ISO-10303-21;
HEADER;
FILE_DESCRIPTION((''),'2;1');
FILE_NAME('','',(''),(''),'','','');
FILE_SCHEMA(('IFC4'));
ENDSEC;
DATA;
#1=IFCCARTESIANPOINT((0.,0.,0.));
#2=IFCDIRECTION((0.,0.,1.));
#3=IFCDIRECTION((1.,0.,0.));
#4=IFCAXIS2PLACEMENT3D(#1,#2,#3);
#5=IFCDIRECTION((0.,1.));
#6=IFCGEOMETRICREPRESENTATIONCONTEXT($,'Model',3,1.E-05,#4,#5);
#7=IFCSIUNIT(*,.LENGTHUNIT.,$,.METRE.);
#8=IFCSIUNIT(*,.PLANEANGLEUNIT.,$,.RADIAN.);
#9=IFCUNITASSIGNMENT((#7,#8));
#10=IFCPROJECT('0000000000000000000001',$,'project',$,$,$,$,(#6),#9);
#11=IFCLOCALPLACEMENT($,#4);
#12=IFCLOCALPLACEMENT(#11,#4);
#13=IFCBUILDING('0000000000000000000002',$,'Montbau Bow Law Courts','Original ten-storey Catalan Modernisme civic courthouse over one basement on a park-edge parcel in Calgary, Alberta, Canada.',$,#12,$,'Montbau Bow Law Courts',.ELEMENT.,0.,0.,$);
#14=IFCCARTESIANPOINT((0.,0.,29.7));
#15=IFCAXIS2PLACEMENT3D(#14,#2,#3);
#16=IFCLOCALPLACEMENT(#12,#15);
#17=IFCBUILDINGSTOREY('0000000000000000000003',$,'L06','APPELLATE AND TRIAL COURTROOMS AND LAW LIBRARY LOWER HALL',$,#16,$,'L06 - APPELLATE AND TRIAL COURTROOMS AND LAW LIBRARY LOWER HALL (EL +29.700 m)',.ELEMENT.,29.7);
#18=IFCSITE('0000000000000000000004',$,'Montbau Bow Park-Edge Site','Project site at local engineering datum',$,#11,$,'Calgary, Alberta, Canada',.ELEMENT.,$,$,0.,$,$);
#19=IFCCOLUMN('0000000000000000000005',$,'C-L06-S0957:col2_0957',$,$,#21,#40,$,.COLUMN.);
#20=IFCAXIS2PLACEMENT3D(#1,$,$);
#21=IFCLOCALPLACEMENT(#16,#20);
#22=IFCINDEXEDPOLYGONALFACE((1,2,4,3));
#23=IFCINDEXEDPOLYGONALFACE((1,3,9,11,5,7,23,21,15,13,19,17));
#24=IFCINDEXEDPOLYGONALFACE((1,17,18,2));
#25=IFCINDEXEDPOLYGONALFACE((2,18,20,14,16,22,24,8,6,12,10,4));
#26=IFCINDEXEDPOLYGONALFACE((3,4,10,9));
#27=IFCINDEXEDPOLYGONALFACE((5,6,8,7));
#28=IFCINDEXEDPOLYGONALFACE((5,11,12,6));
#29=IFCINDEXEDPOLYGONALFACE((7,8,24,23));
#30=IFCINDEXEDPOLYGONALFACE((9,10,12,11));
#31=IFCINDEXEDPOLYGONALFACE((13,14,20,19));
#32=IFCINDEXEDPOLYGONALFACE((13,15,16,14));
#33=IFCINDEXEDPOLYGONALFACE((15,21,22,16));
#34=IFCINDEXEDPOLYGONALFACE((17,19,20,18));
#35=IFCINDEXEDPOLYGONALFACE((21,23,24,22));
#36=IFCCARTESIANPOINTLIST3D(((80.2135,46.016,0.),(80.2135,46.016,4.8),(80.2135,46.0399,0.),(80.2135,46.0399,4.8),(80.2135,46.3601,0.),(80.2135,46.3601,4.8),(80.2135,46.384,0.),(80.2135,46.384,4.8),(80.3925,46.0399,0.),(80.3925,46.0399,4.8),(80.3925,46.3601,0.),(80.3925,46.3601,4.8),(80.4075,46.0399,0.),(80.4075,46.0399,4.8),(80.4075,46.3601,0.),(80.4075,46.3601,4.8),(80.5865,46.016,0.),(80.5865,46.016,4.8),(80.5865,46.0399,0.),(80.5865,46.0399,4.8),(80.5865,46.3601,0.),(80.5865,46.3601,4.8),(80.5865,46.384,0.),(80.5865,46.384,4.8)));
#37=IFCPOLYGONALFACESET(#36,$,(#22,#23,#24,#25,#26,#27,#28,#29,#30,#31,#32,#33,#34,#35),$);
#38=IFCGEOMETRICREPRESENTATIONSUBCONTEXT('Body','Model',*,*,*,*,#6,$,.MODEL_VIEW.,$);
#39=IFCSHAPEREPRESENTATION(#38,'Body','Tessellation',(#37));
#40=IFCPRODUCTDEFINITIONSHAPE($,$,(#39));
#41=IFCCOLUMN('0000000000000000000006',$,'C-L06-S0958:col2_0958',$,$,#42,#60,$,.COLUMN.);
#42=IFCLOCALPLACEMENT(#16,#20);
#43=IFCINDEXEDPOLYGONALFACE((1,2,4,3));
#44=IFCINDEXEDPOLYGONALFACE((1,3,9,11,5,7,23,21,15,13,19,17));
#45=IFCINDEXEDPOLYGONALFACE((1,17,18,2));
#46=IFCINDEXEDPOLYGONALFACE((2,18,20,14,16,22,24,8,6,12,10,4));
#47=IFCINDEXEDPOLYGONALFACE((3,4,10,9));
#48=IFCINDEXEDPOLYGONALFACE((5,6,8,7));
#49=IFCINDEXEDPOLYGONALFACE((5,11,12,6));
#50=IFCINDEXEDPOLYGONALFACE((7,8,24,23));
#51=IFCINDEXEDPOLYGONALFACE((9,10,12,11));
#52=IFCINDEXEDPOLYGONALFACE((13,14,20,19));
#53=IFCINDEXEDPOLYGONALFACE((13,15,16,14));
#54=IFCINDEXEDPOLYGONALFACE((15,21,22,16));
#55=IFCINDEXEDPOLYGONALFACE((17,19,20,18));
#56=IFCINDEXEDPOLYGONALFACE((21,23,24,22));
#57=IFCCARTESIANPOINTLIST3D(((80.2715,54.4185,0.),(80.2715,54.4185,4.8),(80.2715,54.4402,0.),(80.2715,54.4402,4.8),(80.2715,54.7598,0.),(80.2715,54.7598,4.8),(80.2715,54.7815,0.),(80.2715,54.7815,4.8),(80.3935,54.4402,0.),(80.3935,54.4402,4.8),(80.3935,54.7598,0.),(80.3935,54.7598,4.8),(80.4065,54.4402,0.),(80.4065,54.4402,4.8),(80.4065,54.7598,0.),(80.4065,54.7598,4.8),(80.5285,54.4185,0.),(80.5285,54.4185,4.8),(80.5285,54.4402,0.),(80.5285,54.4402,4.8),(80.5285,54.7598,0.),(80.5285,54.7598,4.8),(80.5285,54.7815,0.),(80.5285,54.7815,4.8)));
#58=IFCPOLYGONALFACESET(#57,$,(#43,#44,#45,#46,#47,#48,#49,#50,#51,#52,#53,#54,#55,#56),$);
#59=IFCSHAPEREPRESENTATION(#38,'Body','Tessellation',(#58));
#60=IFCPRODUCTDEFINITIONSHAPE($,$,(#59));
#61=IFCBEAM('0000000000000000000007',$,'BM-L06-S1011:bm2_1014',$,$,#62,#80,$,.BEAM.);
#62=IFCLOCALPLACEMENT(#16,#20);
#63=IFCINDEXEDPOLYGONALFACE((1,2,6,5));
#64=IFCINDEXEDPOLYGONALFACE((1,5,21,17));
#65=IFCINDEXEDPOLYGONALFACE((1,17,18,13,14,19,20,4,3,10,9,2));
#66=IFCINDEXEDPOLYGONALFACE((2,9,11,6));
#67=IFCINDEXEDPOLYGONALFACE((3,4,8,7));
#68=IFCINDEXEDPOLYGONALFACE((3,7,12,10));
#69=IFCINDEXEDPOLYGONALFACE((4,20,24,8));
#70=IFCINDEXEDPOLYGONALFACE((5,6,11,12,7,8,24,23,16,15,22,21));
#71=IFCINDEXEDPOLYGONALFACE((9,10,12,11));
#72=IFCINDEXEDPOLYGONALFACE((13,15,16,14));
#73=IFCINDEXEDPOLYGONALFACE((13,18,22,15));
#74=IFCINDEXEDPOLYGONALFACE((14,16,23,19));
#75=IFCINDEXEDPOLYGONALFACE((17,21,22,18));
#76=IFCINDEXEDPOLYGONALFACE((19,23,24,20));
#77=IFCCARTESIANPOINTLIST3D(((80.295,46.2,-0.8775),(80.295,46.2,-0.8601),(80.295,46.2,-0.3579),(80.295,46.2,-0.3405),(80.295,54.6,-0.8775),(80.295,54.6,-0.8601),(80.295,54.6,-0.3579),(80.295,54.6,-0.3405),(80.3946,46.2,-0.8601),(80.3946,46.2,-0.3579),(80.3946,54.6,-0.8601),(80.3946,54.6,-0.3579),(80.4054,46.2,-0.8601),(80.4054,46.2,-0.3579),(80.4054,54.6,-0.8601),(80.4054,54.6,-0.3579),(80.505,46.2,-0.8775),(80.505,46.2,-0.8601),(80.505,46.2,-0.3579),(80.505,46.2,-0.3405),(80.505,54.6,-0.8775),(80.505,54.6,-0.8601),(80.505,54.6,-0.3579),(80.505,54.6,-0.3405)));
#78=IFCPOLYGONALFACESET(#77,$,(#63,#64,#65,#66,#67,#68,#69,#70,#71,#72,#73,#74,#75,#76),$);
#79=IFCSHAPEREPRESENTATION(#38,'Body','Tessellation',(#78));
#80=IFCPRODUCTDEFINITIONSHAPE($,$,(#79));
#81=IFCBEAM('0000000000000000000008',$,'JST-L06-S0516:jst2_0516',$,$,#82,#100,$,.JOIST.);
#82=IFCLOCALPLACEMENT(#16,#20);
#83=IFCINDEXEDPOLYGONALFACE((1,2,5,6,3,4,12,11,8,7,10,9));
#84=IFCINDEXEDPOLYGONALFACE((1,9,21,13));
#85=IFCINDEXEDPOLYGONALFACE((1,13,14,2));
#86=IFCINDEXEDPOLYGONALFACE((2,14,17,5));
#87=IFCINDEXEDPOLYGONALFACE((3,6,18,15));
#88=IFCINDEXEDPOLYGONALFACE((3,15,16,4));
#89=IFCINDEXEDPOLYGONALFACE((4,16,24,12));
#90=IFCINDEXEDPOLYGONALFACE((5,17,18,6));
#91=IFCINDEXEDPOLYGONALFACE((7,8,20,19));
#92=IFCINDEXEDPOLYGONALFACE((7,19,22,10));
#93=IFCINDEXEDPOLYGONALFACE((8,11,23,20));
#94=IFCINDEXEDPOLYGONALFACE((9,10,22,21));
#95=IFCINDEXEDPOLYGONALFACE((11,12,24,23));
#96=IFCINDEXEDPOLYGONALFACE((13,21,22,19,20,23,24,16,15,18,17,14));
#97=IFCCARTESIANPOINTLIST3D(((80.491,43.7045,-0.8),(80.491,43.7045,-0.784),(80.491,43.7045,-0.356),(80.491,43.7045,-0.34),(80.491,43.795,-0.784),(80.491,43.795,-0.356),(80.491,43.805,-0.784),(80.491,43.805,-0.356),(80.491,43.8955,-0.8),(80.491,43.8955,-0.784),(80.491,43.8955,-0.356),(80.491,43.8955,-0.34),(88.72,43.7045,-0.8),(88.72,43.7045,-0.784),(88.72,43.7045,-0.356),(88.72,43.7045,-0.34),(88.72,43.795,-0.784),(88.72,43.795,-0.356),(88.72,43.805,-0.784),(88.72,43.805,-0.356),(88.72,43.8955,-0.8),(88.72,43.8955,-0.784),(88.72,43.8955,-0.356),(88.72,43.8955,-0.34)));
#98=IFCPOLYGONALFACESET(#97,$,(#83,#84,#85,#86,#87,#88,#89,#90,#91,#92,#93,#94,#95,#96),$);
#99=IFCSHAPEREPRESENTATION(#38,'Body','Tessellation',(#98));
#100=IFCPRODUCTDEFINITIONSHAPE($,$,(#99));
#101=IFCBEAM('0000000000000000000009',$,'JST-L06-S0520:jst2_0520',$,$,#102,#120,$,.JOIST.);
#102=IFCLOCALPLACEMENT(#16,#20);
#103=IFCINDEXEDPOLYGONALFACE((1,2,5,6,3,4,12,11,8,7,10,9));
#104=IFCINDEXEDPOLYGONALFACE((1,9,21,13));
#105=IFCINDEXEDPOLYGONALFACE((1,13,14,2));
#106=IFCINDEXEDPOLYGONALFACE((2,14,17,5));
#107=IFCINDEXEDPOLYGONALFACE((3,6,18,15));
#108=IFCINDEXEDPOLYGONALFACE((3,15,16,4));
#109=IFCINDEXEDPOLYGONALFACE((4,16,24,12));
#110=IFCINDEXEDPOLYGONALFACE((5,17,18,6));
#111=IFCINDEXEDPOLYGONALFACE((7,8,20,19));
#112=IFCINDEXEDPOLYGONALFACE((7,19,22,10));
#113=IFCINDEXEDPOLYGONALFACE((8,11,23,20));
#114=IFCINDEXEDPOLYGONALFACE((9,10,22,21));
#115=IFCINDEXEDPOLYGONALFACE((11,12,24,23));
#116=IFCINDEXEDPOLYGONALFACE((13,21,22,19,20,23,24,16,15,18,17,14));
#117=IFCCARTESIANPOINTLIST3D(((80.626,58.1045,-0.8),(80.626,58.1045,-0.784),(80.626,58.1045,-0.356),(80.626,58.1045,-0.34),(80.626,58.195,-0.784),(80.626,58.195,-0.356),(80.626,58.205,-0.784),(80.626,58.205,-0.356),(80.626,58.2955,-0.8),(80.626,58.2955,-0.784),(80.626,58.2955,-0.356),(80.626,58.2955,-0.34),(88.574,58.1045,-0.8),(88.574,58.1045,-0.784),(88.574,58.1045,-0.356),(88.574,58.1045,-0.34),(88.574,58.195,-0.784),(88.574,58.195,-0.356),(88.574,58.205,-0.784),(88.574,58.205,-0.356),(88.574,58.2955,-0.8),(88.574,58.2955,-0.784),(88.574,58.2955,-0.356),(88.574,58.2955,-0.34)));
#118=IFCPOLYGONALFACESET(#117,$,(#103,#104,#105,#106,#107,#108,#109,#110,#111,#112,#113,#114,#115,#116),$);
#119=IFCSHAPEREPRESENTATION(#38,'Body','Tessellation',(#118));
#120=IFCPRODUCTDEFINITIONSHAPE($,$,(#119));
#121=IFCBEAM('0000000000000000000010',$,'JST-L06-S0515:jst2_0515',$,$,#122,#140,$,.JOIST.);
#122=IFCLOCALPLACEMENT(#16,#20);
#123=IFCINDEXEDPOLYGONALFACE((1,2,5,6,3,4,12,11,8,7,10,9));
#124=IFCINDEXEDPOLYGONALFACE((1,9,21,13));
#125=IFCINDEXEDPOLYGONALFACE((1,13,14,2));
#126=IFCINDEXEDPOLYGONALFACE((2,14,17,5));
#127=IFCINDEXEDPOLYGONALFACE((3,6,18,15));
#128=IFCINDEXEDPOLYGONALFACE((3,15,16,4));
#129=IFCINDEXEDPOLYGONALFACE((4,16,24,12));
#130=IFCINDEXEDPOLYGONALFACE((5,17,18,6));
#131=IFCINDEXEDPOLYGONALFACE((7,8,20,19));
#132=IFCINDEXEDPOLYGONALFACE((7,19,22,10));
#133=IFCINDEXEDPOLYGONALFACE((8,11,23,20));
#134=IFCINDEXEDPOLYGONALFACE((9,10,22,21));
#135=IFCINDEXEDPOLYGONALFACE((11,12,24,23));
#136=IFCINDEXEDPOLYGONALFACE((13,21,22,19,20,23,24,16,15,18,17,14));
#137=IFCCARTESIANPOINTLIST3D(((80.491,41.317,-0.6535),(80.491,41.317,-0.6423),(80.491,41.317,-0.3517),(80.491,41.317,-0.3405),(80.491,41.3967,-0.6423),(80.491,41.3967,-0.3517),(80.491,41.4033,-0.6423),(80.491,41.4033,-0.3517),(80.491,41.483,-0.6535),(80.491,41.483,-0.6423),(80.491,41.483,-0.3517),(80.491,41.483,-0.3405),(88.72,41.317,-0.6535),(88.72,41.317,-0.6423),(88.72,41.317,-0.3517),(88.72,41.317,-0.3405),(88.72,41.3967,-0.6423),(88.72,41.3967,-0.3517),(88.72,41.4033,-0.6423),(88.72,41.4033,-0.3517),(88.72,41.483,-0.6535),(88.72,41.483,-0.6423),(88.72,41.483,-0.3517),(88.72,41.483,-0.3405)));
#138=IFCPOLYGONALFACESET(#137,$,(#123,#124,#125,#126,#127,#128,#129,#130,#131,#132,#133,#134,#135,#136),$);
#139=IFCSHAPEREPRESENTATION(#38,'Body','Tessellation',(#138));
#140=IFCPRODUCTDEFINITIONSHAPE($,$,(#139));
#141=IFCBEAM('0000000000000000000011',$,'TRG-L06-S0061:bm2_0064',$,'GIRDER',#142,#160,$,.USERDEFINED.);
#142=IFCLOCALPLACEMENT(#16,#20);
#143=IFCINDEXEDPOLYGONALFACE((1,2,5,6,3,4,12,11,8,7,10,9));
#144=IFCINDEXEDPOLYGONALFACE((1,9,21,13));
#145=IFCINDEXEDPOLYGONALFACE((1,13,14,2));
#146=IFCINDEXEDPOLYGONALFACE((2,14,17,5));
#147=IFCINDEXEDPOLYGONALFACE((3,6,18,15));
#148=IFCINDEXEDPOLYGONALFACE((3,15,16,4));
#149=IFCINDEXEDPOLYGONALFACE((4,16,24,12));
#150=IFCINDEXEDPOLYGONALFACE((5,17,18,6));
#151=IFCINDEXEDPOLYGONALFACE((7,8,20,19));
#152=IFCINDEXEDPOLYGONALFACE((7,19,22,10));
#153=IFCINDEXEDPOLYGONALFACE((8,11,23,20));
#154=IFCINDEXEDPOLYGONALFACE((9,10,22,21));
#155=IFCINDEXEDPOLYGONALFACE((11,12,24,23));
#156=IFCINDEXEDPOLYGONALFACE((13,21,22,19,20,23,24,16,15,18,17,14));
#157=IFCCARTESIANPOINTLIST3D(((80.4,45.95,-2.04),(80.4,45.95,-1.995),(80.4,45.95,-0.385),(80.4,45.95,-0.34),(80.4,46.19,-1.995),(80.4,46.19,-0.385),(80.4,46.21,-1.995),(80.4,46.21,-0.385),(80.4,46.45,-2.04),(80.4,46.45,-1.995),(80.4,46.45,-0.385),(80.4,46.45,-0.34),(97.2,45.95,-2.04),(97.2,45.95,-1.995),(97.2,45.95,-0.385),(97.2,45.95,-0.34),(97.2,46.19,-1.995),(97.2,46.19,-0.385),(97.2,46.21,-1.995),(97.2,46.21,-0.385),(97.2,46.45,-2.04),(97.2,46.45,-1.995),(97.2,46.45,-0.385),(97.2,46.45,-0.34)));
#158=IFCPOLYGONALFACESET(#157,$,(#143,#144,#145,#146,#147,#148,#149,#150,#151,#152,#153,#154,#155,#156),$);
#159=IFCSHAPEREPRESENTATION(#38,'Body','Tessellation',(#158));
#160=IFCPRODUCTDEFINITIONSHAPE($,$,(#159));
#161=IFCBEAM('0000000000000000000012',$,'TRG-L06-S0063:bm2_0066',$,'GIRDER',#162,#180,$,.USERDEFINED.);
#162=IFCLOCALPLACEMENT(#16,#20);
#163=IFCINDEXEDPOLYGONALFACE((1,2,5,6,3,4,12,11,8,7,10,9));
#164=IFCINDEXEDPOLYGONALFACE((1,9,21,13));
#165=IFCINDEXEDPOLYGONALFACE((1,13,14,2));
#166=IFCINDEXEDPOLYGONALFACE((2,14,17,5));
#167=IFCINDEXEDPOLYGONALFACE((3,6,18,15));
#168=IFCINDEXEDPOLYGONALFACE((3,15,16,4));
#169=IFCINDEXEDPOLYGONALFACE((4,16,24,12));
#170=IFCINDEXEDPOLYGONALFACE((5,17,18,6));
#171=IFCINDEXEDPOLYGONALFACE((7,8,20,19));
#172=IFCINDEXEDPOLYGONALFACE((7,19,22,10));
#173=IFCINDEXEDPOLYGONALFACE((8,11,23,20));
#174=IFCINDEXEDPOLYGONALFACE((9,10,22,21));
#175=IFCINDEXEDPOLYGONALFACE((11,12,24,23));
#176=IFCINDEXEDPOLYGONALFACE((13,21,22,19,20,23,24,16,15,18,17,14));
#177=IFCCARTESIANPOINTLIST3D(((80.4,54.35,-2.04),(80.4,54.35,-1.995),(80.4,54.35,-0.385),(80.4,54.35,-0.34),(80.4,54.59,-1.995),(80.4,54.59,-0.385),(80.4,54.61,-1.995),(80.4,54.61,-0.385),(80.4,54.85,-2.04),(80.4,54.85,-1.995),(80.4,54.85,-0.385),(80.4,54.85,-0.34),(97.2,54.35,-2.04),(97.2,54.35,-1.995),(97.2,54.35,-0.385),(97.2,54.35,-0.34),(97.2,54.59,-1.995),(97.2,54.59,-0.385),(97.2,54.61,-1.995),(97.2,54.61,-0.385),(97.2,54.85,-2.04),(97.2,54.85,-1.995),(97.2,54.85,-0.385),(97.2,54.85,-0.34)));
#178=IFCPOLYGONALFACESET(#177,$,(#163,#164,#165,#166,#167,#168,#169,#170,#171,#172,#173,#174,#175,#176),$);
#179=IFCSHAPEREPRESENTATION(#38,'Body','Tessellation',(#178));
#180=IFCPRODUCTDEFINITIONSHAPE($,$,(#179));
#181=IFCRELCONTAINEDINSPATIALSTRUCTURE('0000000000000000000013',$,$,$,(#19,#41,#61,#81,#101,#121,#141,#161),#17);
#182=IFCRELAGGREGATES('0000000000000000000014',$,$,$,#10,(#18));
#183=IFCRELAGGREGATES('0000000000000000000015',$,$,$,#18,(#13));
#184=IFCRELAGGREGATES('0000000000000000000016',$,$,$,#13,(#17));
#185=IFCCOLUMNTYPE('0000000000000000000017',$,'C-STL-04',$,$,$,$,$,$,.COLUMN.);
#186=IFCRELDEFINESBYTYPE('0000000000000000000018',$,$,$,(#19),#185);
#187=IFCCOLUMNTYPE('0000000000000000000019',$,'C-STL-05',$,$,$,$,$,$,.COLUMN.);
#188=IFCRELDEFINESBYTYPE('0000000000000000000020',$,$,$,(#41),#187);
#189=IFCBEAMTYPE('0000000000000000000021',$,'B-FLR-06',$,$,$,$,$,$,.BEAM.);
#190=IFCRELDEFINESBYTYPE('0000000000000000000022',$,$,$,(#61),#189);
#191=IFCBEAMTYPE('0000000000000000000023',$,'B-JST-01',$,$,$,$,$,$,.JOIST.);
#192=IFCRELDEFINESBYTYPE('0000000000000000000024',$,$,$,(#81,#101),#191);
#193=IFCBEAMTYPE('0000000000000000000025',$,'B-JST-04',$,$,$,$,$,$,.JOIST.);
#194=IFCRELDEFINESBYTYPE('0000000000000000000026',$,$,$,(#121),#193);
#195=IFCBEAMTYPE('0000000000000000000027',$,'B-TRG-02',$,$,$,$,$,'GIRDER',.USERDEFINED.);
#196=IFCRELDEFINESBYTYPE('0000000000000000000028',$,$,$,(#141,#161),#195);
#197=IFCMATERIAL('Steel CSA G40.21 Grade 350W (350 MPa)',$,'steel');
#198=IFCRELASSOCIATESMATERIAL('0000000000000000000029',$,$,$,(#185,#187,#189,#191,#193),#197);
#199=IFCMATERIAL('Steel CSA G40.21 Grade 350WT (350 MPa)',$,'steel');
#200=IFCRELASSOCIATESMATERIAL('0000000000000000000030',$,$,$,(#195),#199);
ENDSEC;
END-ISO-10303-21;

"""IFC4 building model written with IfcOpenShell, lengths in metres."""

from ifc_helpers import new_model, si_unit, direction, frame, origin_with_axes, origin_2d_with_axis, place, context, subcontext, project, spatial, i_section, extrude, material, material_profile, profile_set, type_object, element, save


model = new_model("IFC4")

# Units and contexts
model_context = context("Model", 3, precision=1e-05, world=origin_with_axes(), true_north=direction((0.0, 1.0)))
body_context = subcontext(model_context, "Body", "Model", "MODEL_VIEW")
ifc_project = project(units=[si_unit("LENGTHUNIT", "METRE"), si_unit("PLANEANGLEUNIT", "RADIAN")], contexts=[model_context])

# Site, building, storey
site_placement = place(None, origin_with_axes())
site = spatial("IfcSite", under=ifc_project, at=site_placement, Name="Montbau Bow Park-Edge Site", Description="Project site at local engineering datum", LongName="Calgary, Alberta, Canada", CompositionType="ELEMENT", RefElevation=0.0)
building_placement = place(site_placement, origin_with_axes())
building = spatial("IfcBuilding", under=site, at=building_placement, Name="Montbau Bow Law Courts", Description="Original ten-storey Catalan Modernisme civic courthouse over one basement on a park-edge parcel in Calgary, Alberta, Canada.", LongName="Montbau Bow Law Courts", CompositionType="ELEMENT", ElevationOfRefHeight=0.0, ElevationOfTerrain=0.0)
storey_placement = place(building_placement, frame((0.0, 0.0, 29.7), z_axis=(0.0, 0.0, 1.0), x_axis=(1.0, 0.0, 0.0)))
storey = spatial("IfcBuildingStorey", under=building, at=storey_placement, Name="L06", Description="APPELLATE AND TRIAL COURTROOMS AND LAW LIBRARY LOWER HALL", LongName="L06 - APPELLATE AND TRIAL COURTROOMS AND LAW LIBRARY LOWER HALL (EL +29.700 m)", CompositionType="ELEMENT", Elevation=29.7)

# Columns
ifc_material_1 = material(Name="Steel CSA G40.21 Grade 350W (350 MPa)", Category="steel")
ifc_material_profile_1 = material_profile(ifc_material_1, i_section(OverallWidth=0.373, OverallDepth=0.368, WebThickness=0.015, FlangeThickness=0.0239, at=origin_2d_with_axis()), Name="W360X179", Category="Main", Priority=0)
ifc_profile_set_1 = profile_set([ifc_material_profile_1], Name="Steel CSA G40.21 Grade 350W (350 MPa)")
column_type_1 = type_object("IfcColumnType", Name="C-STL-04", PredefinedType="COLUMN", material=ifc_profile_set_1)
column_1_placement = place(None, frame((80.4, 46.2, 29.7), z_axis=(0.0, 0.0, 1.0), x_axis=(1.0, 0.0, 0.0)))
element("IfcColumn", 1, at=column_1_placement, inside=storey, type_object=column_type_1, Name="C-L06-S0957:col2_0957", PredefinedType="COLUMN", context=body_context, shape_type="SweptSolid", body=[
    extrude(i_section(OverallWidth=0.373, OverallDepth=0.368, WebThickness=0.015, FlangeThickness=0.0239, at=origin_2d_with_axis()), origin_with_axes(), (0.0, 0.0, 1.0), 4.8),
])
ifc_material_profile_2 = material_profile(ifc_material_1, i_section(OverallWidth=0.257, OverallDepth=0.363, WebThickness=0.013, FlangeThickness=0.0217, at=origin_2d_with_axis()), Name="W360X122", Category="Main", Priority=0)
ifc_profile_set_2 = profile_set([ifc_material_profile_2], Name="Steel CSA G40.21 Grade 350W (350 MPa)")
column_type_2 = type_object("IfcColumnType", Name="C-STL-05", PredefinedType="COLUMN", material=ifc_profile_set_2)
column_2_placement = place(None, frame((80.4, 54.6, 29.7), z_axis=(0.0, 0.0, 1.0), x_axis=(1.0, 0.0, 0.0)))
element("IfcColumn", 2, at=column_2_placement, inside=storey, type_object=column_type_2, Name="C-L06-S0958:col2_0958", PredefinedType="COLUMN", context=body_context, shape_type="SweptSolid", body=[
    extrude(i_section(OverallWidth=0.257, OverallDepth=0.363, WebThickness=0.013, FlangeThickness=0.0217, at=origin_2d_with_axis()), origin_with_axes(), (0.0, 0.0, 1.0), 4.8),
])

# Beams
ifc_material_profile_3 = material_profile(ifc_material_1, i_section(OverallWidth=0.21, OverallDepth=0.537, WebThickness=0.0109, FlangeThickness=0.0174, at=origin_2d_with_axis()), Name="W530X101", Category="Main", Priority=0)
ifc_profile_set_3 = profile_set([ifc_material_profile_3], Name="Steel CSA G40.21 Grade 350W (350 MPa)")
beam_type_1 = type_object("IfcBeamType", Name="B-FLR-06", PredefinedType="BEAM", material=ifc_profile_set_3)
beam_1_placement = place(None, frame((80.4, 46.2, 29.091), z_axis=(0.0, 1.0, 0.0), x_axis=(-1.0, 0.0, 0.0)))
element("IfcBeam", 3, at=beam_1_placement, inside=storey, type_object=beam_type_1, Name="BM-L06-S1011:bm2_1014", PredefinedType="BEAM", context=body_context, shape_type="SweptSolid", body=[
    extrude(i_section(OverallWidth=0.21, OverallDepth=0.537, WebThickness=0.0109, FlangeThickness=0.0174, at=origin_2d_with_axis()), origin_with_axes(), (0.0, 0.0, 1.0), 8.4),
])
ifc_material_profile_4 = material_profile(ifc_material_1, i_section(OverallWidth=0.191, OverallDepth=0.46, WebThickness=0.0099, FlangeThickness=0.016, at=origin_2d_with_axis()), Name="W460X82", Category="Main", Priority=0)
ifc_profile_set_4 = profile_set([ifc_material_profile_4], Name="Steel CSA G40.21 Grade 350W (350 MPa)")
beam_type_2 = type_object("IfcBeamType", Name="B-JST-01", PredefinedType="JOIST", material=ifc_profile_set_4)
beam_2_placement = place(None, frame((80.491, 43.8, 29.13), z_axis=(1.0, 0.0, 0.0), x_axis=(0.0, 1.0, 0.0)))
element("IfcBeam", 4, at=beam_2_placement, inside=storey, type_object=beam_type_2, Name="JST-L06-S0516:jst2_0516", PredefinedType="JOIST", context=body_context, shape_type="SweptSolid", body=[
    extrude(i_section(OverallWidth=0.191, OverallDepth=0.46, WebThickness=0.0099, FlangeThickness=0.016, at=origin_2d_with_axis()), origin_with_axes(), (0.0, 0.0, 1.0), 8.229),
])
beam_3_placement = place(None, frame((80.626, 58.2, 29.13), z_axis=(1.0, 0.0, 0.0), x_axis=(0.0, 1.0, 0.0)))
element("IfcBeam", 5, at=beam_3_placement, inside=storey, type_object=beam_type_2, Name="JST-L06-S0520:jst2_0520", PredefinedType="JOIST", context=body_context, shape_type="SweptSolid", body=[
    extrude(i_section(OverallWidth=0.191, OverallDepth=0.46, WebThickness=0.0099, FlangeThickness=0.016, at=origin_2d_with_axis()), origin_with_axes(), (0.0, 0.0, 1.0), 7.948),
])
ifc_material_profile_5 = material_profile(ifc_material_1, i_section(OverallWidth=0.166, OverallDepth=0.313, WebThickness=0.0066, FlangeThickness=0.0112, at=origin_2d_with_axis()), Name="W310X45", Category="Main", Priority=0)
ifc_profile_set_5 = profile_set([ifc_material_profile_5], Name="Steel CSA G40.21 Grade 350W (350 MPa)")
beam_type_3 = type_object("IfcBeamType", Name="B-JST-04", PredefinedType="JOIST", material=ifc_profile_set_5)
beam_4_placement = place(None, frame((80.491, 41.4, 29.203), z_axis=(1.0, 0.0, 0.0), x_axis=(0.0, 1.0, 0.0)))
element("IfcBeam", 6, at=beam_4_placement, inside=storey, type_object=beam_type_3, Name="JST-L06-S0515:jst2_0515", PredefinedType="JOIST", context=body_context, shape_type="SweptSolid", body=[
    extrude(i_section(OverallWidth=0.166, OverallDepth=0.313, WebThickness=0.0066, FlangeThickness=0.0112, at=origin_2d_with_axis()), origin_with_axes(), (0.0, 0.0, 1.0), 8.229),
])
ifc_material_2 = material(Name="Steel CSA G40.21 Grade 350WT (350 MPa)", Category="steel")
ifc_material_profile_6 = material_profile(ifc_material_2, i_section(OverallWidth=0.5, OverallDepth=1.7, WebThickness=0.02, FlangeThickness=0.045, at=origin_2d_with_axis()), Name="WWF1700X480", Category="Main", Priority=0)
ifc_profile_set_6 = profile_set([ifc_material_profile_6], Name="Steel CSA G40.21 Grade 350WT (350 MPa)")
beam_type_4 = type_object("IfcBeamType", Name="B-TRG-02", ElementType="GIRDER", PredefinedType="USERDEFINED", material=ifc_profile_set_6)
for number, where, z_axis, x_axis, name in (
    (7, (80.4, 46.2, 28.51), (1.0, 0.0, 0.0), (0.0, 1.0, 0.0), "TRG-L06-S0061:bm2_0064"),
    (8, (80.4, 54.6, 28.51), (1.0, 0.0, 0.0), (0.0, 1.0, 0.0), "TRG-L06-S0063:bm2_0066"),
):
    element("IfcBeam", number, at=place(None, frame(where, z_axis=z_axis, x_axis=x_axis)), inside=storey, type_object=beam_type_4, Name=name, ObjectType="GIRDER", PredefinedType="USERDEFINED", context=body_context, shape_type="SweptSolid", body=[
        extrude(i_section(OverallWidth=0.5, OverallDepth=1.7, WebThickness=0.02, FlangeThickness=0.045, at=origin_2d_with_axis()), origin_with_axes(), (0.0, 0.0, 1.0), 16.8),
    ])

save(model, "model.ifc")
